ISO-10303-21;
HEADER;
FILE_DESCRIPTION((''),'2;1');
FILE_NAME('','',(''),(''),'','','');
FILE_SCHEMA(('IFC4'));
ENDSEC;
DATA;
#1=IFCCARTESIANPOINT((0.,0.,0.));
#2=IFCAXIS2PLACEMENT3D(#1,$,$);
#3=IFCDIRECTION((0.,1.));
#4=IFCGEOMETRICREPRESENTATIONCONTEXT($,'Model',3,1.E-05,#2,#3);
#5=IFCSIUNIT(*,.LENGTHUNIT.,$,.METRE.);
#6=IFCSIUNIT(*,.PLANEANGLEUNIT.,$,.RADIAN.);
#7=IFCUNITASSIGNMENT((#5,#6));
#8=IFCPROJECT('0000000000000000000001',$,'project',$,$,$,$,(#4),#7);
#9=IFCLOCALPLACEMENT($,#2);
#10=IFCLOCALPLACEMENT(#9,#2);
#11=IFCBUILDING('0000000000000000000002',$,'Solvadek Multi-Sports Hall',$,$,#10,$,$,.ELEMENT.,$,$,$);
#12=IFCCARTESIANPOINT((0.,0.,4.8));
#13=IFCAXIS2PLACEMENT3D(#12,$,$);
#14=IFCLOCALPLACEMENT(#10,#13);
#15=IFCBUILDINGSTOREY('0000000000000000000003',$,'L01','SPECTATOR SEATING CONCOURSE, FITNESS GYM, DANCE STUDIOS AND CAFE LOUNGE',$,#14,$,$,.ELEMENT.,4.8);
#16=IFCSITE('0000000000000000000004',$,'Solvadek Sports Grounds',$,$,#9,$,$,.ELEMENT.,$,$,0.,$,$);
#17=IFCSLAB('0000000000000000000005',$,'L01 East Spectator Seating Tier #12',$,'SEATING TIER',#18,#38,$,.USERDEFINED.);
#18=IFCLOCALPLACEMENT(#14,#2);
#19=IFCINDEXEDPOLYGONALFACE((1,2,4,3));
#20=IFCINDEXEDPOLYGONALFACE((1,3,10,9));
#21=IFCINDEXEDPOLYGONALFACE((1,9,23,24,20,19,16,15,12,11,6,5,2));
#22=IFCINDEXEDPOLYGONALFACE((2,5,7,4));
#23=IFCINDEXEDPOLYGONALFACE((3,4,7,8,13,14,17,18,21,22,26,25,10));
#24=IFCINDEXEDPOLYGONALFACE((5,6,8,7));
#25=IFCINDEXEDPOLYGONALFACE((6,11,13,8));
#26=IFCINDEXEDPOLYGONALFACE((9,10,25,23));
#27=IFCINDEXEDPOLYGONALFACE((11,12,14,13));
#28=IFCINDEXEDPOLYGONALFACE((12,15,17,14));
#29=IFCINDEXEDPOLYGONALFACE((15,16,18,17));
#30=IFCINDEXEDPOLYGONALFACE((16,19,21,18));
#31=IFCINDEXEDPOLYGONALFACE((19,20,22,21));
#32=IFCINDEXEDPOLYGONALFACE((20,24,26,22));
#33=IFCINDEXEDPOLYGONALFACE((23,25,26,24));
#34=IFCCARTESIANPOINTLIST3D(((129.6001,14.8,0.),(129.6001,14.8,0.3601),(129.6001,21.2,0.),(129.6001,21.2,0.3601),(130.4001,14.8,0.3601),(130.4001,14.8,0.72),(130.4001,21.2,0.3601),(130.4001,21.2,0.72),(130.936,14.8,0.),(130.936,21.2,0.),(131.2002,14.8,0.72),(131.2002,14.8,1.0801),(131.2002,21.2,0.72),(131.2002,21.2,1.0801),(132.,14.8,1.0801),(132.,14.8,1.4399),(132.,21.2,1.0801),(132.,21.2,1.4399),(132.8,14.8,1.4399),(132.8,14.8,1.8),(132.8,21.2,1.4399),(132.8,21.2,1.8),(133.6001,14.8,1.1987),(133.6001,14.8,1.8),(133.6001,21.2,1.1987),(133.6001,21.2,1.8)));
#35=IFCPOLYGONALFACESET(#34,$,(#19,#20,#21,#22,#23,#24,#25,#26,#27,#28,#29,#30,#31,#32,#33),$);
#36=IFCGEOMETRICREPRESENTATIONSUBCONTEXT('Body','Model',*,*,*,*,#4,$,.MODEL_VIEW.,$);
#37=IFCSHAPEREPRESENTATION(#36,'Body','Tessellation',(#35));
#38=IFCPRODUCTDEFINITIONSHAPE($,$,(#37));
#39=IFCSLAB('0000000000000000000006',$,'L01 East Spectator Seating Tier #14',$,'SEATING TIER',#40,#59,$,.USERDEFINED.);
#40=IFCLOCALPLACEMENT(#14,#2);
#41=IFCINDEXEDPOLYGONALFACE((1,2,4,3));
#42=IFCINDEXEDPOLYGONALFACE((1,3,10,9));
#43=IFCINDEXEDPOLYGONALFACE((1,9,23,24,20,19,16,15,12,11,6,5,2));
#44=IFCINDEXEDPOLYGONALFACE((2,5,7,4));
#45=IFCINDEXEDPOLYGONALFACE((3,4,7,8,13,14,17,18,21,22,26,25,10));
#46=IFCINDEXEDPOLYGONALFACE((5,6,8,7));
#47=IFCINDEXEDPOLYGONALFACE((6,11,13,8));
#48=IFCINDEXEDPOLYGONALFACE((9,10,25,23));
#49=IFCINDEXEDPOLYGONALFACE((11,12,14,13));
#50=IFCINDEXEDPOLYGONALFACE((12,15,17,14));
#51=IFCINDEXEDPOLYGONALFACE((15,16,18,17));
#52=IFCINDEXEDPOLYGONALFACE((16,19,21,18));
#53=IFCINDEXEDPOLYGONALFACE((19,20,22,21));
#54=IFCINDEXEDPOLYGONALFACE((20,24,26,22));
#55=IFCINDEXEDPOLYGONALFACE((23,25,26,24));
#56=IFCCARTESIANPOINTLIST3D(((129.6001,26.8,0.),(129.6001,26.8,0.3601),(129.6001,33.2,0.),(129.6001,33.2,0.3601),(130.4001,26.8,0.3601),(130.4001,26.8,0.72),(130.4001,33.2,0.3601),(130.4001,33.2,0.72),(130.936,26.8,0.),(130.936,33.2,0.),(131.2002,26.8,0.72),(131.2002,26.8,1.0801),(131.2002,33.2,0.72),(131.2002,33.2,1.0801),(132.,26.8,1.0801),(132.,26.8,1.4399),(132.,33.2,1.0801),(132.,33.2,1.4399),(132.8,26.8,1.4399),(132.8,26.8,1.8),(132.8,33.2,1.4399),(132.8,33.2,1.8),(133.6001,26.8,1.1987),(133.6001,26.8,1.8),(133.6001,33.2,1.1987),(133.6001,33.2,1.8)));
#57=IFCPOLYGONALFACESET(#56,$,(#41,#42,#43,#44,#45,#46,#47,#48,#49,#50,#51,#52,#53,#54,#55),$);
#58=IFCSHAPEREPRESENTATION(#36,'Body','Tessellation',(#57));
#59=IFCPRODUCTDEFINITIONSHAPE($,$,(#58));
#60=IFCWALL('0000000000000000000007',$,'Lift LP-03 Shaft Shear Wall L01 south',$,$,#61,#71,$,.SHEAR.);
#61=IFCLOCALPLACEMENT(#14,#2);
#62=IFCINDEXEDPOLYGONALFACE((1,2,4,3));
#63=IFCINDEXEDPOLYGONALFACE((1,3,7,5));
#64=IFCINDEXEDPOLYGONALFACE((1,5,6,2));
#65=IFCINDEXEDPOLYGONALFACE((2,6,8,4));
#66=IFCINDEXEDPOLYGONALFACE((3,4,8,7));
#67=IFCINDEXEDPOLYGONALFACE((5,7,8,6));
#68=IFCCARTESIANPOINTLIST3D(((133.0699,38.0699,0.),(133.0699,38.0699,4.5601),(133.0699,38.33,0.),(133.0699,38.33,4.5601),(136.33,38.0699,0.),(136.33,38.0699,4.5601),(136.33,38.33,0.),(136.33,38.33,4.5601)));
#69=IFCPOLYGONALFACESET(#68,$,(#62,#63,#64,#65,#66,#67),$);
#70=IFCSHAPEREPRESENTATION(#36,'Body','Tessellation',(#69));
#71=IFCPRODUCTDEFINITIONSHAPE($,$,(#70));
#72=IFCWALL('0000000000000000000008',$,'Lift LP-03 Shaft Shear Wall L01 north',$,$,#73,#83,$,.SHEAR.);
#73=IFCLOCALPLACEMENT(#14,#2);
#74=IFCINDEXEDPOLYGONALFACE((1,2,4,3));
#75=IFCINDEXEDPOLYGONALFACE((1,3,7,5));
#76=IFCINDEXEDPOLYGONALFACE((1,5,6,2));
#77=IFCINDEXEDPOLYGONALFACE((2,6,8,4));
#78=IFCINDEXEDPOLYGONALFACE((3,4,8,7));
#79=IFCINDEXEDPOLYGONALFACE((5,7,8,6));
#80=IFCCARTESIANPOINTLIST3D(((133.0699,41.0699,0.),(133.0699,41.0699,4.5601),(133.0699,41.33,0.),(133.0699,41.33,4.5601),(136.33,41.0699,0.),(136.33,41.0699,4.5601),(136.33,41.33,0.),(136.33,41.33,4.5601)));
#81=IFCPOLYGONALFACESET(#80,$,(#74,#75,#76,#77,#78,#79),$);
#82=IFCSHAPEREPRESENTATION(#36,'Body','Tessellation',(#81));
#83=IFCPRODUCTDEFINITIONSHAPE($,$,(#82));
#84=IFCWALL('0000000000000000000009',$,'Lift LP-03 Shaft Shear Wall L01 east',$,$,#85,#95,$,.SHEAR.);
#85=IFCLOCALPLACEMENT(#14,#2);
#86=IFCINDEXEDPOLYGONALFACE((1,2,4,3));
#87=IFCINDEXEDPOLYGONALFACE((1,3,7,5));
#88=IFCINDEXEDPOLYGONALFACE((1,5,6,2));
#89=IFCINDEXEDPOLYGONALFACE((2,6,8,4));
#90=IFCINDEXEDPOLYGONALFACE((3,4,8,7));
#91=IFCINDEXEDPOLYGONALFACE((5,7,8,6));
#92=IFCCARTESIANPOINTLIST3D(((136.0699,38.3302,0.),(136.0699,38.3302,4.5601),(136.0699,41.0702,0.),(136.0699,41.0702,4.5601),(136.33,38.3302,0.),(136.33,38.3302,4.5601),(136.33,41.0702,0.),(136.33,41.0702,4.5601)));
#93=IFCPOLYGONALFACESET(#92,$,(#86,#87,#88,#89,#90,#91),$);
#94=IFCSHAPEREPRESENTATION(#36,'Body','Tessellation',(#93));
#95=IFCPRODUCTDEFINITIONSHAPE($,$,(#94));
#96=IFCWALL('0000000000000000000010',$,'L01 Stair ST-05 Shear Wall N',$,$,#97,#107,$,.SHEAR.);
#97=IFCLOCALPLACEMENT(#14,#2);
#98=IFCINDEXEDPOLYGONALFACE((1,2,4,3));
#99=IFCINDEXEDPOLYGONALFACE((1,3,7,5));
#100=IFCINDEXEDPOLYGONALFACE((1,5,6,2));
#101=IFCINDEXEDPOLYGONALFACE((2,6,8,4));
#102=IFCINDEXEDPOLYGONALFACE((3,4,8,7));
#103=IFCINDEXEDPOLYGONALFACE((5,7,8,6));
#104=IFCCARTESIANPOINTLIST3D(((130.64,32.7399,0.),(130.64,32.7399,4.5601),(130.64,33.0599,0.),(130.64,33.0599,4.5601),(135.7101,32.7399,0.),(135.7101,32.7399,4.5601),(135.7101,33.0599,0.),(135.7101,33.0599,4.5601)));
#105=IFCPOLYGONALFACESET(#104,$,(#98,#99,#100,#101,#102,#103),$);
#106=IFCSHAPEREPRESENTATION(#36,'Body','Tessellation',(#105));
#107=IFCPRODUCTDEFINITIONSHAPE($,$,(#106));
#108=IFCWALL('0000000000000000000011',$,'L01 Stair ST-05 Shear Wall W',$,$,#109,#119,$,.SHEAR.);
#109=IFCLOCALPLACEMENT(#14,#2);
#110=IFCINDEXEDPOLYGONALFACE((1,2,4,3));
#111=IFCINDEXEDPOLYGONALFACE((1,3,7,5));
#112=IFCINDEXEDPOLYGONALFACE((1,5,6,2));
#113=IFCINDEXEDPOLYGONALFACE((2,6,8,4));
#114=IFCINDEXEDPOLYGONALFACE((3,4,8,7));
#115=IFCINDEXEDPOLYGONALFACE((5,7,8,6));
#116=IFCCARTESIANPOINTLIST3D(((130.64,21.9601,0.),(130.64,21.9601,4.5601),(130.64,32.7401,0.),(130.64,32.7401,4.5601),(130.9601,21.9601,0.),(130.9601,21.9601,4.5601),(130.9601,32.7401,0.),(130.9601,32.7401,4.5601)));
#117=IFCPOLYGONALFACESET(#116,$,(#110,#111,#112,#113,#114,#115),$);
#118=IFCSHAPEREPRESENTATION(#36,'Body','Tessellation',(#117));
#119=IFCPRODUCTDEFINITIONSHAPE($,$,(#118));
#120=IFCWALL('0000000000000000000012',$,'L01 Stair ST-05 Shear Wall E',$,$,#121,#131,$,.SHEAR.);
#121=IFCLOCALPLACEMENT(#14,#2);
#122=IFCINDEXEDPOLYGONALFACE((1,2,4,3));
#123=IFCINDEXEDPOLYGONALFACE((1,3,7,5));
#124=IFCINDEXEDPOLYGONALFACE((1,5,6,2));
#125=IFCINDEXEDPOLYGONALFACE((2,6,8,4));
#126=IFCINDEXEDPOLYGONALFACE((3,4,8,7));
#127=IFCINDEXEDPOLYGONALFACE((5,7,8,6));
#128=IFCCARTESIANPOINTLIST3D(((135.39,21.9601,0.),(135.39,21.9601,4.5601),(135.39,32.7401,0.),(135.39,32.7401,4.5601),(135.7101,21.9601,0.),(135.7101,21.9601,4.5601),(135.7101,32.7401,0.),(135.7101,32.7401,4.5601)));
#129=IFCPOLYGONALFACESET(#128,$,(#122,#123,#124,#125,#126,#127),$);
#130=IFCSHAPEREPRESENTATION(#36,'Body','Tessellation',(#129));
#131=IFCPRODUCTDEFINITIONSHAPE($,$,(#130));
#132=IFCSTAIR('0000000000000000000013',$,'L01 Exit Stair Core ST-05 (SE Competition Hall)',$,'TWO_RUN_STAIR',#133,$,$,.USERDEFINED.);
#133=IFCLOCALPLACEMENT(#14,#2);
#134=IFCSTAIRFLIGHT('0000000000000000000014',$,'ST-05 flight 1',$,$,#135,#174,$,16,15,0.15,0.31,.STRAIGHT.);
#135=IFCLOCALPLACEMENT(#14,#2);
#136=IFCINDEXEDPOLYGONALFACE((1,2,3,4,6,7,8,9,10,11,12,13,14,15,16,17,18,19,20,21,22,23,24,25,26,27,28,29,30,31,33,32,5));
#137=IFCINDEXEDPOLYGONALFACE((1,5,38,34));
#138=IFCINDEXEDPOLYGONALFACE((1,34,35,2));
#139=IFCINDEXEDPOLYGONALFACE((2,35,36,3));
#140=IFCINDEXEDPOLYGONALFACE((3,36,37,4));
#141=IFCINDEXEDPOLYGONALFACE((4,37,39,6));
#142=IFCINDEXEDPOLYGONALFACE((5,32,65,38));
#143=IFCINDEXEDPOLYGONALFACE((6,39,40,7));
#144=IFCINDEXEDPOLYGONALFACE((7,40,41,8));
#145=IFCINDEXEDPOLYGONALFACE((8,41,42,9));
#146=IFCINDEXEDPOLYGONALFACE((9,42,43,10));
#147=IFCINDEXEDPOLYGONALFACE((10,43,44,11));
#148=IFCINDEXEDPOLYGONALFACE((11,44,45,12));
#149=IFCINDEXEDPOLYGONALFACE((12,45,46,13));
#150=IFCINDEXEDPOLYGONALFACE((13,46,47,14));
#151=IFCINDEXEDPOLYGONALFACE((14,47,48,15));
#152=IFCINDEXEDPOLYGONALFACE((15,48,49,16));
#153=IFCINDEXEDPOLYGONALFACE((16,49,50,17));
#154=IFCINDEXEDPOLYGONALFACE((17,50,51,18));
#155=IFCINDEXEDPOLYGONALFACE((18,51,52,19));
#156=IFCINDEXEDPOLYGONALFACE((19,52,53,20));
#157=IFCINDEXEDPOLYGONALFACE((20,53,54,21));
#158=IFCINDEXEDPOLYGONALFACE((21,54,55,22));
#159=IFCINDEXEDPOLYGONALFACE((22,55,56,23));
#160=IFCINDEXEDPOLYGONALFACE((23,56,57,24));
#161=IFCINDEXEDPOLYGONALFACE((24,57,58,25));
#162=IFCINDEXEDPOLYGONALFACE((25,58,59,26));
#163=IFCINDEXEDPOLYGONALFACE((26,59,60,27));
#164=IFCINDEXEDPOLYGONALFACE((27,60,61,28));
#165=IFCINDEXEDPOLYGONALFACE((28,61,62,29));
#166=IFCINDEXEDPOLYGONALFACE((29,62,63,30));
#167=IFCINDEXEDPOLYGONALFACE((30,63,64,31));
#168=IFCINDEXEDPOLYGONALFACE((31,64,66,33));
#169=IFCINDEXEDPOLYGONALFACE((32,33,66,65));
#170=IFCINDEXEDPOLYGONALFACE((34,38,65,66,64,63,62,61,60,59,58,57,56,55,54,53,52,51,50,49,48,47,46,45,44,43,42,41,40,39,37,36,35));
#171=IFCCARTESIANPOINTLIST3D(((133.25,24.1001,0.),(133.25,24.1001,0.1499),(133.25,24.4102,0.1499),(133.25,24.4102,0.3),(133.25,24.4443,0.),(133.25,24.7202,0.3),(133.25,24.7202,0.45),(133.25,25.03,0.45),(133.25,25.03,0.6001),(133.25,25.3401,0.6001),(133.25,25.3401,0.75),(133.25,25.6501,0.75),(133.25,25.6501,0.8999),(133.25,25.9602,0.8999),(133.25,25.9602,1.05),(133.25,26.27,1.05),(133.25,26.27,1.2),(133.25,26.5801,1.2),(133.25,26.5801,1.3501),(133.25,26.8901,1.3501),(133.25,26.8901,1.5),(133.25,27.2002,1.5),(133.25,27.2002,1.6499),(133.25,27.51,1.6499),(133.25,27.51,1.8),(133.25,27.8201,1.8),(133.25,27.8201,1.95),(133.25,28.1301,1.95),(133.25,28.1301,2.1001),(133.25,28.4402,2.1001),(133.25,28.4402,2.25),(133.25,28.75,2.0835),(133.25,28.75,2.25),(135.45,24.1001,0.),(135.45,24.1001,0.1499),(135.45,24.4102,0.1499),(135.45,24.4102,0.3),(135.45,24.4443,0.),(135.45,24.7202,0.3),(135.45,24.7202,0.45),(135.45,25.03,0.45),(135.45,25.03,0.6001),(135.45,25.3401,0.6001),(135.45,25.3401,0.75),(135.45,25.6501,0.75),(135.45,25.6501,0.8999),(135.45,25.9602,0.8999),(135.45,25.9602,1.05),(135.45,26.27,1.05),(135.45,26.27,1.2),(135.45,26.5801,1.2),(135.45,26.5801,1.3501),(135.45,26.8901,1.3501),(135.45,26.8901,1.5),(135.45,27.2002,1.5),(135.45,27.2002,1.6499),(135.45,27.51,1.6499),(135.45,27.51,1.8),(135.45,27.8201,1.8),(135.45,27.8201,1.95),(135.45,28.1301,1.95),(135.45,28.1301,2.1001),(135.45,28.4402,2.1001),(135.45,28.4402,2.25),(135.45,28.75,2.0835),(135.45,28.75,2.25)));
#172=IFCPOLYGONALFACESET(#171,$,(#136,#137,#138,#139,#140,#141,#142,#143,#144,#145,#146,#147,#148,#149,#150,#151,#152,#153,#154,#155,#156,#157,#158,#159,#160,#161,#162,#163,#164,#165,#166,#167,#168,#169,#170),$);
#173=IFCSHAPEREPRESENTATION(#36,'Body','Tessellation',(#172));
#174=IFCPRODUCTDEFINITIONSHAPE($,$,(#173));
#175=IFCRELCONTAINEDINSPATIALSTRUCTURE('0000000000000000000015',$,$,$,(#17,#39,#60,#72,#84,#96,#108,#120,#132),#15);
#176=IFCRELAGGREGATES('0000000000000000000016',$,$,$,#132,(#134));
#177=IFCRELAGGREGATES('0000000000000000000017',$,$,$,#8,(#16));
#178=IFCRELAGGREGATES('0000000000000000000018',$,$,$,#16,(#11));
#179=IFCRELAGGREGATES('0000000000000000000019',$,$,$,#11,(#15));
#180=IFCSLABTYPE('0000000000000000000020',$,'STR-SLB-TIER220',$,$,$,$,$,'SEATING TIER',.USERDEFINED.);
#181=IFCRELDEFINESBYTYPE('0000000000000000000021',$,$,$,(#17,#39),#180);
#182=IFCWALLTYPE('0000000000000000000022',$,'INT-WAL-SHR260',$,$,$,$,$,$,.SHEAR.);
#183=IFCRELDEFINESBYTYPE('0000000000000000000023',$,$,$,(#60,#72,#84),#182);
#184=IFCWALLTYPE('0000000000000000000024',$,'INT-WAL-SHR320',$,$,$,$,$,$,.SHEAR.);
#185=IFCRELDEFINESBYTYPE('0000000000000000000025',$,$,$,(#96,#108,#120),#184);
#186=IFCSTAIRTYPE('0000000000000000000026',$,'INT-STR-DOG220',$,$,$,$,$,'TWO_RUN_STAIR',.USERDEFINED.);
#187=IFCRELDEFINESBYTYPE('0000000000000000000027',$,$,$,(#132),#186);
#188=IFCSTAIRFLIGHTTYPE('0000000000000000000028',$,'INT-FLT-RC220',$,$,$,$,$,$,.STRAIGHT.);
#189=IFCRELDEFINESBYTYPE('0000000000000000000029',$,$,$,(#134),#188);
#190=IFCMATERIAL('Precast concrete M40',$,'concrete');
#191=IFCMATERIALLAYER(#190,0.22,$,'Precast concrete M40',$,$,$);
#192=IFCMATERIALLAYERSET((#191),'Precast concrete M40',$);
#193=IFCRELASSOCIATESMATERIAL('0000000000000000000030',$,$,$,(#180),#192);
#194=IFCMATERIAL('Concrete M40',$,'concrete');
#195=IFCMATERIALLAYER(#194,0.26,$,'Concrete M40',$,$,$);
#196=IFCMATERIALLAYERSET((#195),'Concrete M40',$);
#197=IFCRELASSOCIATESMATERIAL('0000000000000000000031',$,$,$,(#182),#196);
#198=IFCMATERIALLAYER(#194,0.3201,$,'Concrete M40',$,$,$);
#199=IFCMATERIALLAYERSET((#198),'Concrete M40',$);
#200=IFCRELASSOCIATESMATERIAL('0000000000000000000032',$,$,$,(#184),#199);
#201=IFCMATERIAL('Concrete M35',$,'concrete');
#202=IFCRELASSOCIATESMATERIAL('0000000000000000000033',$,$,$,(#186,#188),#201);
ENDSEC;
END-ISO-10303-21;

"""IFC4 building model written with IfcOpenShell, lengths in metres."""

from ifc_helpers import new_model, si_unit, direction, frame, frame_2d, origin, place, context, subcontext, project, spatial, polyline, rectangle, outline, extrude, material, layer, layer_set, type_object, element, aggregate, save


model = new_model("IFC4")

# Units and contexts
model_context = context("Model", 3, precision=1e-05, world=origin(), true_north=direction((0.0, 1.0)))
body_context = subcontext(model_context, "Body", "Model", "MODEL_VIEW")
ifc_project = project(units=[si_unit("LENGTHUNIT", "METRE"), si_unit("PLANEANGLEUNIT", "RADIAN")], contexts=[model_context])

# Site, building, storey
site_placement = place(None, origin())
site = spatial("IfcSite", under=ifc_project, at=site_placement, Name="Solvadek Sports Grounds", CompositionType="ELEMENT", RefElevation=0.0)
building_placement = place(site_placement, origin())
building = spatial("IfcBuilding", under=site, at=building_placement, Name="Solvadek Multi-Sports Hall", CompositionType="ELEMENT")
storey_placement = place(building_placement, frame((0.0, 0.0, 4.8)))
storey = spatial("IfcBuildingStorey", under=building, at=storey_placement, Name="L01", Description="SPECTATOR SEATING CONCOURSE, FITNESS GYM, DANCE STUDIOS AND CAFE LOUNGE", CompositionType="ELEMENT", Elevation=4.8)

# Shared definitions
ifc_material_1 = material(Name="Concrete M40", Category="concrete")

# Slabs
ifc_material_2 = material(Name="Precast concrete M40", Category="concrete")
ifc_layer_1 = layer(ifc_material_2, 0.22, Name="Precast concrete M40")
ifc_layer_set_1 = layer_set([ifc_layer_1], Name="Precast concrete M40")
slab_type = type_object("IfcSlabType", Name="STR-SLB-TIER220", ElementType="SEATING TIER", PredefinedType="USERDEFINED", material=ifc_layer_set_1)
for number, where, z_axis, x_axis, name in (
    (1, (129.6001, 18.0, 0.0), (0.0, 0.0, 1.0), (1.0, 0.0, 0.0), "L01 East Spectator Seating Tier #12"),
    (2, (129.6001, 30.0, 0.0), (0.0, 0.0, 1.0), (1.0, 0.0, 0.0), "L01 East Spectator Seating Tier #14"),
):
    element("IfcSlab", number, at=place(storey_placement, frame(where, z_axis=z_axis, x_axis=x_axis)), inside=storey, type_object=slab_type, Name=name, ObjectType="SEATING TIER", PredefinedType="USERDEFINED", context=body_context, shape_type="SweptSolid", body=[
        extrude(outline(polyline([(0.0, 0.0), (0.0, 0.3601), (0.8, 0.3601), (0.8, 0.72), (1.6001, 0.72), (1.6001, 1.0801), (2.3999, 1.0801), (2.3999, 1.4399), (3.2, 1.4399), (3.2, 1.8), (4.0, 1.8), (4.0, 1.1987), (1.3359, 0.0), (0.0, 0.0)])), frame((0.0, 3.2, 0.0), z_axis=(0.0, -1.0, 0.0), x_axis=(1.0, 0.0, 0.0)), (0.0, 0.0, 1.0), 6.3999),
    ])

# Walls
ifc_layer_2 = layer(ifc_material_1, 0.26, Name="Concrete M40")
ifc_layer_set_2 = layer_set([ifc_layer_2], Name="Concrete M40")
wall_type_1 = type_object("IfcWallType", Name="INT-WAL-SHR260", PredefinedType="SHEAR", material=ifc_layer_set_2)
for number, where, z_axis, x_axis, name in (
    (3, (133.0701, 38.2, 0.0), (0.0, 0.0, 1.0), (1.0, 0.0, 0.0), "Lift LP-03 Shaft Shear Wall L01 south"),
    (4, (133.0701, 41.2, 0.0), (0.0, 0.0, 1.0), (1.0, 0.0, 0.0), "Lift LP-03 Shaft Shear Wall L01 north"),
):
    element("IfcWall", number, at=place(storey_placement, frame(where, z_axis=z_axis, x_axis=x_axis)), inside=storey, type_object=wall_type_1, Name=name, PredefinedType="SHEAR", context=body_context, shape_type="SweptSolid", body=[
        extrude(rectangle(XDim=3.26, YDim=0.26, at=frame_2d((1.6299, 0.0))), origin(), (0.0, 0.0, 1.0), 4.5601),
    ])

# Wall
wall_1_placement = place(storey_placement, frame((136.2, 38.3301, 0.0), z_axis=(0.0, 0.0, 1.0), x_axis=(0.0, 1.0, 0.0)))
element("IfcWall", 5, at=wall_1_placement, inside=storey, type_object=wall_type_1, Name="Lift LP-03 Shaft Shear Wall L01 east", PredefinedType="SHEAR", context=body_context, shape_type="SweptSolid", body=[
    extrude(rectangle(XDim=2.74, YDim=0.26, at=frame_2d((1.3701, 0.0))), origin(), (0.0, 0.0, 1.0), 4.5601),
])

# Shared definitions
ifc_layer_3 = layer(ifc_material_1, 0.3201, Name="Concrete M40")
ifc_layer_set_3 = layer_set([ifc_layer_3], Name="Concrete M40")
wall_type_2 = type_object("IfcWallType", Name="INT-WAL-SHR320", PredefinedType="SHEAR", material=ifc_layer_set_3)

# Walls
wall_2_placement = place(storey_placement, frame((130.6399, 32.8999, 0.0), z_axis=(0.0, 0.0, 1.0), x_axis=(1.0, 0.0, 0.0)))
element("IfcWall", 6, at=wall_2_placement, inside=storey, type_object=wall_type_2, Name="L01 Stair ST-05 Shear Wall N", PredefinedType="SHEAR", context=body_context, shape_type="SweptSolid", body=[
    extrude(rectangle(XDim=5.0701, YDim=0.3201, at=frame_2d((2.5352, 0.0))), origin(), (0.0, 0.0, 1.0), 4.5601),
])
for number, where, z_axis, x_axis, name in (
    (7, (130.8, 21.96, 0.0), (0.0, 0.0, 1.0), (0.0, 1.0, 0.0), "L01 Stair ST-05 Shear Wall W"),
    (8, (135.55, 21.96, 0.0), (0.0, 0.0, 1.0), (0.0, 1.0, 0.0), "L01 Stair ST-05 Shear Wall E"),
):
    element("IfcWall", number, at=place(storey_placement, frame(where, z_axis=z_axis, x_axis=x_axis)), inside=storey, type_object=wall_type_2, Name=name, PredefinedType="SHEAR", context=body_context, shape_type="SweptSolid", body=[
        extrude(rectangle(XDim=10.78, YDim=0.3201, at=frame_2d((5.3901, 0.0))), origin(), (0.0, 0.0, 1.0), 4.5601),
    ])

# Stair, stair flight
ifc_material_3 = material(Name="Concrete M35", Category="concrete")
stair_type = type_object("IfcStairType", Name="INT-STR-DOG220", ElementType="TWO_RUN_STAIR", PredefinedType="USERDEFINED", material=ifc_material_3)
stair_placement = place(storey_placement, origin())
stair = element("IfcStair", 9, at=stair_placement, inside=storey, type_object=stair_type, Name="L01 Exit Stair Core ST-05 (SE Competition Hall)", ObjectType="TWO_RUN_STAIR", PredefinedType="USERDEFINED")
stair_flight_type = type_object("IfcStairFlightType", Name="INT-FLT-RC220", PredefinedType="STRAIGHT", material=ifc_material_3)
stair_flight_1_placement = place(storey_placement, frame((134.3501, 24.1001, 0.0), z_axis=(0.0, 0.0, 1.0), x_axis=(0.0, 1.0, 0.0)))
stair_flight_1 = element("IfcStairFlight", 10, at=stair_flight_1_placement, type_object=stair_flight_type, Name="ST-05 flight 1", NumberOfRisers=16, NumberOfTreads=15, PredefinedType="STRAIGHT", RiserHeight=0.15, TreadLength=0.31, context=body_context, shape_type="SweptSolid", body=[
    extrude(outline(polyline([(0.0, 0.0), (0.0, 0.1499), (0.3101, 0.1499), (0.3101, 0.3), (0.6201, 0.3), (0.6201, 0.45), (0.9299, 0.45), (0.9299, 0.6001), (1.24, 0.6001), (1.24, 0.75), (1.55, 0.75), (1.55, 0.8999), (1.8601, 0.8999), (1.8601, 1.05), (2.1699, 1.05), (2.1699, 1.2), (2.48, 1.2), (2.48, 1.3501), (2.79, 1.3501), (2.79, 1.5), (3.1001, 1.5), (3.1001, 1.6499), (3.4099, 1.6499), (3.4099, 1.8), (3.72, 1.8), (3.72, 1.95), (4.03, 1.95), (4.03, 2.1001), (4.3401, 2.1001), (4.3401, 2.25), (4.6499, 2.25), (4.6499, 2.3999), (4.6499, 2.0835), (0.3442, 0.0), (0.0, 0.0)])), frame((0.0, 1.1001, 0.0), z_axis=(0.0, -1.0, 0.0), x_axis=(1.0, 0.0, 0.0)), (0.0, 0.0, 1.0), 2.2),
])
aggregate(stair, [stair_flight_1])

save(model, "model.ifc")
